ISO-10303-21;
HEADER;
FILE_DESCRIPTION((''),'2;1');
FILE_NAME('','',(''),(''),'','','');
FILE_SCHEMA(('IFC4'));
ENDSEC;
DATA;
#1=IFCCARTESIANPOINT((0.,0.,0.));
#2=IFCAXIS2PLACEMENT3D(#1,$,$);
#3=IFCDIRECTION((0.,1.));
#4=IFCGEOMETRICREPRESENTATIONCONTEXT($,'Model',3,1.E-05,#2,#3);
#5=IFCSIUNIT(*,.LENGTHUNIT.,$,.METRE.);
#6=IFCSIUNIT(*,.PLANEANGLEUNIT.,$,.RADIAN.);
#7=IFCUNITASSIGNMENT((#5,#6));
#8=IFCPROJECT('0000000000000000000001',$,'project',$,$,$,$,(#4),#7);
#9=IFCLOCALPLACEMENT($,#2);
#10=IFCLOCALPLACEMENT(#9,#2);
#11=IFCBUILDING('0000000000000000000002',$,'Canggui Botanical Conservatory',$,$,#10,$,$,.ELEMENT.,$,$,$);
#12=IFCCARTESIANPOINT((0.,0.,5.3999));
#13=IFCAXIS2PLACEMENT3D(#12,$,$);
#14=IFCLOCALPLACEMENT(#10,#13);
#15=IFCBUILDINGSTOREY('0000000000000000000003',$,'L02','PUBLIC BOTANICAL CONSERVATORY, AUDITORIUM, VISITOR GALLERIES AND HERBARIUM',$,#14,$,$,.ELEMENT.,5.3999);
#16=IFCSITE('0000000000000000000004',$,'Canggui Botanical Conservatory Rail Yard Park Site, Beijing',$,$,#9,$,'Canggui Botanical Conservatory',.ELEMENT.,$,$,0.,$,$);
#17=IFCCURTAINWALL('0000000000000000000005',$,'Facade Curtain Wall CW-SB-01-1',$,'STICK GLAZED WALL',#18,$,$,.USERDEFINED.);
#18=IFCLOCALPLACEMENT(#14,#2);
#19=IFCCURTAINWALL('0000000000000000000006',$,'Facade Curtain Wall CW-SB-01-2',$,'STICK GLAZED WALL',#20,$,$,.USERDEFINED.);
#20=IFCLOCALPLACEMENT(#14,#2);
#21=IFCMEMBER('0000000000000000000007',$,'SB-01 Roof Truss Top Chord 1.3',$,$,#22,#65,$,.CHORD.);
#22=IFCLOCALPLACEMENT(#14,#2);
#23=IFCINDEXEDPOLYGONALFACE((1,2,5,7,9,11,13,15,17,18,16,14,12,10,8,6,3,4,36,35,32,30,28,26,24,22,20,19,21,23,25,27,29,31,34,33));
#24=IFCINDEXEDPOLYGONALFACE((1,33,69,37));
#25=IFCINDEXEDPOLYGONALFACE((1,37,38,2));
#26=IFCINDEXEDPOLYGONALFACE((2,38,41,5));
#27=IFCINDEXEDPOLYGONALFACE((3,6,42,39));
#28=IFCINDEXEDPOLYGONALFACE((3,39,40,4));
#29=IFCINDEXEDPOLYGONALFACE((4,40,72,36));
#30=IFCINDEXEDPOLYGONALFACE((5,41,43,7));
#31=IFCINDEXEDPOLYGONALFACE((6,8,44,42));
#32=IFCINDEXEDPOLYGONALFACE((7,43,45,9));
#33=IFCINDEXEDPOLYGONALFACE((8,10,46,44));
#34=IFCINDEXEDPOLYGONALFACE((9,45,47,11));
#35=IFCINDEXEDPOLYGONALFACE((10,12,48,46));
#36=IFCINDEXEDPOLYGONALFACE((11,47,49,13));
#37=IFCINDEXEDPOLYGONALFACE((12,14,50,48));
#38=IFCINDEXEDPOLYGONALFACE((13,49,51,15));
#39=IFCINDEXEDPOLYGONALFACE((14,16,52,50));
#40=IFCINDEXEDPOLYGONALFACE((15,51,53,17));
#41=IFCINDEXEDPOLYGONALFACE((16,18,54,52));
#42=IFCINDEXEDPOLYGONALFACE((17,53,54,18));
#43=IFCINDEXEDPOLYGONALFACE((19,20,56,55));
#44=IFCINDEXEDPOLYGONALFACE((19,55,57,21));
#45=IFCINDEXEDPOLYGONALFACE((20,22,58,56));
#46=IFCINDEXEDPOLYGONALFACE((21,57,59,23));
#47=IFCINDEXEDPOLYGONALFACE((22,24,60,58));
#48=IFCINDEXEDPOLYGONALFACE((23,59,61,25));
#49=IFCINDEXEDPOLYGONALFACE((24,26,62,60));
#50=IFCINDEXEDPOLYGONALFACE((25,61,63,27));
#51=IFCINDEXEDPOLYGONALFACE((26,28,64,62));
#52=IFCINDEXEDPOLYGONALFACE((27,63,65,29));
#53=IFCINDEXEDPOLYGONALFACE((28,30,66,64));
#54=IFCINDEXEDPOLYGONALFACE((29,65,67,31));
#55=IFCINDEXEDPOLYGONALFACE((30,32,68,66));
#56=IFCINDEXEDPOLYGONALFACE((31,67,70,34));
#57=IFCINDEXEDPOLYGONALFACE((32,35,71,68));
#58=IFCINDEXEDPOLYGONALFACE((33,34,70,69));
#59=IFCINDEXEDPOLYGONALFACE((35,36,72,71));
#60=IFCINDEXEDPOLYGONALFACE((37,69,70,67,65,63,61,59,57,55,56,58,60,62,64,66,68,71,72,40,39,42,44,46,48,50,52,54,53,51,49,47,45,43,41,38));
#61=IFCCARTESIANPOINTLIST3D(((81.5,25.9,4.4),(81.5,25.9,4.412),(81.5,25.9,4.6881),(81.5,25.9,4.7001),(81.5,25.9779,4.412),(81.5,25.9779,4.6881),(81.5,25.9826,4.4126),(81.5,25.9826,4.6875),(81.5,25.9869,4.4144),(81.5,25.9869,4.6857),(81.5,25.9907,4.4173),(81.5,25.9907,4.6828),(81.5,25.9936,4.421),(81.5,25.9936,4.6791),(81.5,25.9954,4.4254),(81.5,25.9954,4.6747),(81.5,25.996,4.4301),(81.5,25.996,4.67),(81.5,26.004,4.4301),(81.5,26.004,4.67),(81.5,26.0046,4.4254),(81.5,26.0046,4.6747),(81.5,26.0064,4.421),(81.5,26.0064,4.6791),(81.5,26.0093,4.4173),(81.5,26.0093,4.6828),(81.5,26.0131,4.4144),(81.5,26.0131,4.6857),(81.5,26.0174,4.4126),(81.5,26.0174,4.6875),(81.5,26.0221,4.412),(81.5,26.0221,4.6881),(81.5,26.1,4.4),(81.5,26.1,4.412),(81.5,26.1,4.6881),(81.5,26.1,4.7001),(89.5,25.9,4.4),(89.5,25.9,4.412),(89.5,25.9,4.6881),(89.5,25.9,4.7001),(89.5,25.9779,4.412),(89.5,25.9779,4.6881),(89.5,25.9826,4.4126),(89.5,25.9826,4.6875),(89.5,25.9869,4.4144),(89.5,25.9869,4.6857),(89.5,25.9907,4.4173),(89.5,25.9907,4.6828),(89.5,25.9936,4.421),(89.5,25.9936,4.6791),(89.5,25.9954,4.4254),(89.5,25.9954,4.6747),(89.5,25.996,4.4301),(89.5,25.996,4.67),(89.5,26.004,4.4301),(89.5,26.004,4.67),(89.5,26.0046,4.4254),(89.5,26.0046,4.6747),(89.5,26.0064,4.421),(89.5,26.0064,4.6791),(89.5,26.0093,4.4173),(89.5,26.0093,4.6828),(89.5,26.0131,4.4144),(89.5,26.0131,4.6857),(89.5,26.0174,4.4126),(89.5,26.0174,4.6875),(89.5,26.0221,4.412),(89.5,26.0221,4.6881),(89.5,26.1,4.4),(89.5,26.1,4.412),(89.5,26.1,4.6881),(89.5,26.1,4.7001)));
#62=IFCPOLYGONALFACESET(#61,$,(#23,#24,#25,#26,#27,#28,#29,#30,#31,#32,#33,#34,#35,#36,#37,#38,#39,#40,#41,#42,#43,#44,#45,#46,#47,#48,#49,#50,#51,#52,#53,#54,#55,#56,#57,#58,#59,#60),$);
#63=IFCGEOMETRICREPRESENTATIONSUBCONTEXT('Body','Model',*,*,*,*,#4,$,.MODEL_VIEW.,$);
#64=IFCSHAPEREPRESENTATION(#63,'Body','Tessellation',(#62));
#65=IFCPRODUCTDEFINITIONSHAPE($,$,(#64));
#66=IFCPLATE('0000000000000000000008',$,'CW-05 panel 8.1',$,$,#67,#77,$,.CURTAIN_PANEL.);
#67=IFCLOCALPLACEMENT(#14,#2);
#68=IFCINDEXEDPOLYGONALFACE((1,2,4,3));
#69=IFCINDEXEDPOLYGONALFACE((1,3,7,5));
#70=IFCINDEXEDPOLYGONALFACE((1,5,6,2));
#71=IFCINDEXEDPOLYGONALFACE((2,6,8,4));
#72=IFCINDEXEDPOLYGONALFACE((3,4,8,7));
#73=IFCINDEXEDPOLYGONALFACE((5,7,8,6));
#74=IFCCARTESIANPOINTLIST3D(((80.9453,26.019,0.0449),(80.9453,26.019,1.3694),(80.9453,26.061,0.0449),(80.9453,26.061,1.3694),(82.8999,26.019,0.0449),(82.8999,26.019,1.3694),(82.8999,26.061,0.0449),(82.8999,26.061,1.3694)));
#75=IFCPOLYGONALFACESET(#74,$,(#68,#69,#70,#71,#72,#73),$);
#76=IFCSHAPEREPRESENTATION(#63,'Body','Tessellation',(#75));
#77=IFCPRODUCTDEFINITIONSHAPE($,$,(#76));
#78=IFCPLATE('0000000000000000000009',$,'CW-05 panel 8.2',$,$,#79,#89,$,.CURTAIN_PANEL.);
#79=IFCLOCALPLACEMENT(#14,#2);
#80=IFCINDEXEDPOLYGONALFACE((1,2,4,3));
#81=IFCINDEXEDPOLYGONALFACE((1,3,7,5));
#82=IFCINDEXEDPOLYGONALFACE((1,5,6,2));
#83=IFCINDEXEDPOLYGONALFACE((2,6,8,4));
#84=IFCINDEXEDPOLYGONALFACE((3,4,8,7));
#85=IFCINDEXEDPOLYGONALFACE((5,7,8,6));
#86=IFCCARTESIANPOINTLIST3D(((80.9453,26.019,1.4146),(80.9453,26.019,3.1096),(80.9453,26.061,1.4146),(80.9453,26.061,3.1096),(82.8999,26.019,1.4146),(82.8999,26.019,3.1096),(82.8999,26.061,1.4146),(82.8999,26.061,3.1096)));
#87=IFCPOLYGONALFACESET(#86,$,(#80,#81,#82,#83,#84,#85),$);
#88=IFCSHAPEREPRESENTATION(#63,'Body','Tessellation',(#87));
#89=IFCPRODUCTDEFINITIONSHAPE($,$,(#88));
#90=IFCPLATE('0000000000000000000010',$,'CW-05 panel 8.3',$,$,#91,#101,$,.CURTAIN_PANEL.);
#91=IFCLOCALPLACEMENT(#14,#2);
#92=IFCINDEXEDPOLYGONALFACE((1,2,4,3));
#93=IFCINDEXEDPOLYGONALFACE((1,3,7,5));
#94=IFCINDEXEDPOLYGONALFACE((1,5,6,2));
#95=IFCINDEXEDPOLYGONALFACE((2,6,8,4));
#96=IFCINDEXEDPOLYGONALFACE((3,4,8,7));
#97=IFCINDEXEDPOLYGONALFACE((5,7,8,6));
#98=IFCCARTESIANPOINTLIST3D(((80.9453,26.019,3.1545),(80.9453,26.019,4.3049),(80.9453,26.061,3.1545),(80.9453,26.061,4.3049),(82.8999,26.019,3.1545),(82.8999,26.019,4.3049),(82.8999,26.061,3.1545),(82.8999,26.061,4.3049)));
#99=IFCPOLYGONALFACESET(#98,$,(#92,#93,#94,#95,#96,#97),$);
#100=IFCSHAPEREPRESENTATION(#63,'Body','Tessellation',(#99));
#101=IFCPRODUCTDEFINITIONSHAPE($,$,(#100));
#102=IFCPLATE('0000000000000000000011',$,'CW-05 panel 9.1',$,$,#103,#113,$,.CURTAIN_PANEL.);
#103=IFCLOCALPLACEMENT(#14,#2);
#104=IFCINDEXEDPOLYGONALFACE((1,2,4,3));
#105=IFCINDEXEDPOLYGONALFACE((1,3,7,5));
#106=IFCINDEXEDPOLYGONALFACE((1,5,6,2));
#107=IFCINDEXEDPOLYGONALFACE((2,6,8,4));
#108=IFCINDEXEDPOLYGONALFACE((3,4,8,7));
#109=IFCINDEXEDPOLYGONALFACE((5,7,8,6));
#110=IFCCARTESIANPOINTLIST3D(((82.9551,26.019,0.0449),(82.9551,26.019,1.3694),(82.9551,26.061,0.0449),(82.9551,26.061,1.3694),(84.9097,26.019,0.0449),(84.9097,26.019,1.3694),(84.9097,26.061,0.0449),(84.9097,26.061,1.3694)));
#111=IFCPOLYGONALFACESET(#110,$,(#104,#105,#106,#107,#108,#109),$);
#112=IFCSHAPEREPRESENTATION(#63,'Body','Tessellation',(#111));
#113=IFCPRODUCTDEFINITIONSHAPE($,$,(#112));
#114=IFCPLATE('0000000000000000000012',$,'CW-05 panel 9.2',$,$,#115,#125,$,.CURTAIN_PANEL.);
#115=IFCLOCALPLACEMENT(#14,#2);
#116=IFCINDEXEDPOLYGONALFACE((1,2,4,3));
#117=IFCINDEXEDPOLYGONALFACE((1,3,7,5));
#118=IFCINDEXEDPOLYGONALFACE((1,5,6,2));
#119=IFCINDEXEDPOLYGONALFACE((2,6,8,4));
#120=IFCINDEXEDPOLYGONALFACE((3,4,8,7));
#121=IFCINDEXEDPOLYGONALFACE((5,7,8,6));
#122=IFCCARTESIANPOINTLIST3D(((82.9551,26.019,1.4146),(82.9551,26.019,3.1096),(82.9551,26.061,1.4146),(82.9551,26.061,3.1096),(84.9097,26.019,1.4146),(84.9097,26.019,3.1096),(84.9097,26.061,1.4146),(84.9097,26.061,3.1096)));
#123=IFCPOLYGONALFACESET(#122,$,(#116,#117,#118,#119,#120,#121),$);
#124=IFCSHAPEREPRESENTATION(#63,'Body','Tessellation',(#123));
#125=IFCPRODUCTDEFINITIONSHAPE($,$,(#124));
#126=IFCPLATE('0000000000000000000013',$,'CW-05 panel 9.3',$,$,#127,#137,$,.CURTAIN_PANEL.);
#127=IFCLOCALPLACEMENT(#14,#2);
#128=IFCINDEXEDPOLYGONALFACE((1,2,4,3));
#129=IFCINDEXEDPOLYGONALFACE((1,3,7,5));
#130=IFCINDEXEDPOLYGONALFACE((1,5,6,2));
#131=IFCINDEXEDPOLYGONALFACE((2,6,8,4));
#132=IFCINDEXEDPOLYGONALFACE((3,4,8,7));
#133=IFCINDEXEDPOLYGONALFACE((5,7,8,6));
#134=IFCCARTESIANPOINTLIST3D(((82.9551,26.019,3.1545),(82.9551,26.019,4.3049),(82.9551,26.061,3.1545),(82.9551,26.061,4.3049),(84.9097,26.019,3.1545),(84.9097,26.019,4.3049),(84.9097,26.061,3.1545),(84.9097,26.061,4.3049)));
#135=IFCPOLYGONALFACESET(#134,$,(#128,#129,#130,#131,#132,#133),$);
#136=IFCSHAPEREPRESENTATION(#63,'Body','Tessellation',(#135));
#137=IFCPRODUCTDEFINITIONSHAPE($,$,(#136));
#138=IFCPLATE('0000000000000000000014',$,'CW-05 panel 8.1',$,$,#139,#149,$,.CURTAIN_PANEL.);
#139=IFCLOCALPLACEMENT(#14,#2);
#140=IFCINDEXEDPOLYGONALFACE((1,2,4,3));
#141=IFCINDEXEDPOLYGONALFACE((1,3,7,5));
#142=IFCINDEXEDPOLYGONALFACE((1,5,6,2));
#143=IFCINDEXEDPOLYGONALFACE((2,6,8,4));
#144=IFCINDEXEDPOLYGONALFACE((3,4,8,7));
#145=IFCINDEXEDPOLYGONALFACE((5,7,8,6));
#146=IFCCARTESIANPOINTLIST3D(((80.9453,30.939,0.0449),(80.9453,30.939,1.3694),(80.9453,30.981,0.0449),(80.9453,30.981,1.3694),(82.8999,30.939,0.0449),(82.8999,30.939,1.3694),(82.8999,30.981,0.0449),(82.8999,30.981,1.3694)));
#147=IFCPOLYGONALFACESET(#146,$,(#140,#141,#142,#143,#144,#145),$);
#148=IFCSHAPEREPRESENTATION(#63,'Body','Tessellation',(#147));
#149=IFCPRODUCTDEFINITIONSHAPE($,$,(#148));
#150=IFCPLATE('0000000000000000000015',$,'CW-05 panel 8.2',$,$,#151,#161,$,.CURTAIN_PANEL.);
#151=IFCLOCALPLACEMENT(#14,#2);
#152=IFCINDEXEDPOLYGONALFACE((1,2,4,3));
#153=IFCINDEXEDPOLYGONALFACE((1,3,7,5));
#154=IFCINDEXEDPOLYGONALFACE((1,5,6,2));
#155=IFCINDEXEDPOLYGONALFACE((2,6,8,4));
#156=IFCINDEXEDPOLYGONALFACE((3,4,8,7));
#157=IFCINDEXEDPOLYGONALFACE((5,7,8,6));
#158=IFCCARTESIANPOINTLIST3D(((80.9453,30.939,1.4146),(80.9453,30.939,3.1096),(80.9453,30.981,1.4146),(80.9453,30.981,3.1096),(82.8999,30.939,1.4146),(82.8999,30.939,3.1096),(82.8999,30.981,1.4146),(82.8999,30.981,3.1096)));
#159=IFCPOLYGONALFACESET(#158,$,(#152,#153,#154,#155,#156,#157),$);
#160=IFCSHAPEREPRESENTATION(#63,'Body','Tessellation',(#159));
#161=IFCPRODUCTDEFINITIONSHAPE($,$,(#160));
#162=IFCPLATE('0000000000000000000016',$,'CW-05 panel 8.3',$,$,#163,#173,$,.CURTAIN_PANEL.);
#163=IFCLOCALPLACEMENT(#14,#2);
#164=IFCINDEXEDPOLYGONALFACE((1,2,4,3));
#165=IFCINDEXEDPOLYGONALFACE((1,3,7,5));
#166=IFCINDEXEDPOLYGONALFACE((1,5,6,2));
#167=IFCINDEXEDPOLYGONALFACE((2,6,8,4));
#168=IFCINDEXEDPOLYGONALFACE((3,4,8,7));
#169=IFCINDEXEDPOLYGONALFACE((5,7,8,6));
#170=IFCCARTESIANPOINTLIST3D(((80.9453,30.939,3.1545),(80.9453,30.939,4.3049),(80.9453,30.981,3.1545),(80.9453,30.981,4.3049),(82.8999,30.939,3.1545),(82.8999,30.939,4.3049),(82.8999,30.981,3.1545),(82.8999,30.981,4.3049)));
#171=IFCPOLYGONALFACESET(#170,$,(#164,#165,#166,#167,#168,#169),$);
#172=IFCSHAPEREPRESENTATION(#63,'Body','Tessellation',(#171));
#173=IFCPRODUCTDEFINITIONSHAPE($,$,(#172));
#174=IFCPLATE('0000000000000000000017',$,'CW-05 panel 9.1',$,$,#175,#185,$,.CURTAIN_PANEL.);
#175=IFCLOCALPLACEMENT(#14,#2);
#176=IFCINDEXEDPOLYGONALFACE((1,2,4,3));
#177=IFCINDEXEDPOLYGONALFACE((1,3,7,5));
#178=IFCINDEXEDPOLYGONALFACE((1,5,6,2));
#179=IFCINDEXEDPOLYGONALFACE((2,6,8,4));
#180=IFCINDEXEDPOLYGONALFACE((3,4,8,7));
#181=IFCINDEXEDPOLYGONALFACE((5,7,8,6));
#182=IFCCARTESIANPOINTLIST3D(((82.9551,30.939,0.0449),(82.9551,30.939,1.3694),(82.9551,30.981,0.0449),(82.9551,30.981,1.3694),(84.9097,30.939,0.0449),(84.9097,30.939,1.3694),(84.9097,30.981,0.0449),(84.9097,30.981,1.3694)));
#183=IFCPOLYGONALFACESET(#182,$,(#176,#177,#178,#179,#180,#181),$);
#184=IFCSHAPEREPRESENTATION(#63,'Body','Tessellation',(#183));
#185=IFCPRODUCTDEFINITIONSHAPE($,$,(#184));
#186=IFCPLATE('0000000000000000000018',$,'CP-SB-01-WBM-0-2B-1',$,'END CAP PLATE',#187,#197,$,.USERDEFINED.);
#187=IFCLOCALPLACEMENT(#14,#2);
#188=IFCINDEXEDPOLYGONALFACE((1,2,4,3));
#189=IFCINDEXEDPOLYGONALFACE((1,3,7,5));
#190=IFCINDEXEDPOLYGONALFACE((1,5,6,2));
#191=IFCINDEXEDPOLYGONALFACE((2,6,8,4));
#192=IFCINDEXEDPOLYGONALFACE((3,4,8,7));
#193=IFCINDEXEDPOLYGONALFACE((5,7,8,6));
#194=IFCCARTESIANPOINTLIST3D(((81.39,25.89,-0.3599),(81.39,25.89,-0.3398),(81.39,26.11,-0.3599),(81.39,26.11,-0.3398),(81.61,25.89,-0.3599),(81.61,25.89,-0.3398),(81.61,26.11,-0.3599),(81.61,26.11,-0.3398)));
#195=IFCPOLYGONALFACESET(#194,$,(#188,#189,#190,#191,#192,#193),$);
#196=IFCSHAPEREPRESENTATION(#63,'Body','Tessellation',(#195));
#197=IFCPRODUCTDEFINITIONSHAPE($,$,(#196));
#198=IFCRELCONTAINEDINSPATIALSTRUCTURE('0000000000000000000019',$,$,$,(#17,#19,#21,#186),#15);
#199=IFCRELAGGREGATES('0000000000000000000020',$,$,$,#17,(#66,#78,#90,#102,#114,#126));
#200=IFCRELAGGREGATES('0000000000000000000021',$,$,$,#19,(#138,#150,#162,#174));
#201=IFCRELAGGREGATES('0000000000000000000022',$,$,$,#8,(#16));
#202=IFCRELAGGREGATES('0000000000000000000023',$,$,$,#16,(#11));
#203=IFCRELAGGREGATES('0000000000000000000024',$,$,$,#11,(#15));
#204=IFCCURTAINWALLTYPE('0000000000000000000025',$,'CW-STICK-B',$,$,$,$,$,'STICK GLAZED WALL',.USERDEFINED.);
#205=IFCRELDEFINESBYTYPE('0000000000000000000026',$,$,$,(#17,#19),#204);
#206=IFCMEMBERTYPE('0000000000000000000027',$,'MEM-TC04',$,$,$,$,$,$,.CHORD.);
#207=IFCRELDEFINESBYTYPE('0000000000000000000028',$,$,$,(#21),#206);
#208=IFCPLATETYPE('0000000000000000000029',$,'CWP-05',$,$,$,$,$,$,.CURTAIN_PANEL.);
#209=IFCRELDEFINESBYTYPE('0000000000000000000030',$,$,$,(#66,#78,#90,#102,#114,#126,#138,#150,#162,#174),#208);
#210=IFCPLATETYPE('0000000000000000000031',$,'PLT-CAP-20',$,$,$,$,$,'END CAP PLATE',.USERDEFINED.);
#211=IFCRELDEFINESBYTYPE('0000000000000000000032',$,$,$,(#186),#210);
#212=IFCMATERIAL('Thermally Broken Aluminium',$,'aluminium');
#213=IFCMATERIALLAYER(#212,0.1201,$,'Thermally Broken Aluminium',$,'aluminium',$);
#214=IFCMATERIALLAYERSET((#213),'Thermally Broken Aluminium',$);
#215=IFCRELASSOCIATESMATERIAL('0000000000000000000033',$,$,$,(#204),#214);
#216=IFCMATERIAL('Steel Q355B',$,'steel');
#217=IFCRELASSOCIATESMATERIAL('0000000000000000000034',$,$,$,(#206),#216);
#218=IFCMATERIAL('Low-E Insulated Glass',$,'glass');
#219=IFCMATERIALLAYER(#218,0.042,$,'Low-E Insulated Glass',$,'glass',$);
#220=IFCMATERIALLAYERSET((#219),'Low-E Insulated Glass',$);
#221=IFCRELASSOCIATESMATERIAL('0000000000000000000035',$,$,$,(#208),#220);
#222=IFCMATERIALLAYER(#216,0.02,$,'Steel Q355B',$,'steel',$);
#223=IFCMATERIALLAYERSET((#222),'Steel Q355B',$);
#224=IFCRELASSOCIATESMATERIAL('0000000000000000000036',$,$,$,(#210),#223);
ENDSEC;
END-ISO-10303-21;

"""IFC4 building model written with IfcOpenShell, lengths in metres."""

from ifc_helpers import new_model, si_unit, direction, frame, origin, origin_2d, place, context, subcontext, project, spatial, rectangle, i_section, extrude, material, layer, layer_set, material_profile, profile_set, type_object, element, aggregate, save


model = new_model("IFC4")

# Units and contexts
model_context = context("Model", 3, precision=1e-05, world=origin(), true_north=direction((0.0, 1.0)))
body_context = subcontext(model_context, "Body", "Model", "MODEL_VIEW")
ifc_project = project(units=[si_unit("LENGTHUNIT", "METRE"), si_unit("PLANEANGLEUNIT", "RADIAN")], contexts=[model_context])

# Site, building, storey
site_placement = place(None, origin())
site = spatial("IfcSite", under=ifc_project, at=site_placement, Name="Canggui Botanical Conservatory Rail Yard Park Site, Beijing", LongName="Canggui Botanical Conservatory", CompositionType="ELEMENT", RefElevation=0.0)
building_placement = place(site_placement, origin())
building = spatial("IfcBuilding", under=site, at=building_placement, Name="Canggui Botanical Conservatory", CompositionType="ELEMENT")
storey_placement = place(building_placement, frame((0.0, 0.0, 5.3999)))
storey = spatial("IfcBuildingStorey", under=building, at=storey_placement, Name="L02", Description="PUBLIC BOTANICAL CONSERVATORY, AUDITORIUM, VISITOR GALLERIES AND HERBARIUM", CompositionType="ELEMENT", Elevation=5.3999)

# Shared definitions
ifc_material_1 = material(Name="Steel Q355B", Category="steel")

# Curtain walls
ifc_material_2 = material(Name="Thermally Broken Aluminium", Category="aluminium")
ifc_layer_1 = layer(ifc_material_2, 0.1201, Name="Thermally Broken Aluminium", Category="aluminium")
ifc_layer_set_1 = layer_set([ifc_layer_1], Name="Thermally Broken Aluminium")
curtain_wall_type = type_object("IfcCurtainWallType", Name="CW-STICK-B", ElementType="STICK GLAZED WALL", PredefinedType="USERDEFINED", material=ifc_layer_set_1)
curtain_wall_1_placement = place(storey_placement, origin())
curtain_wall_1 = element("IfcCurtainWall", 1, at=curtain_wall_1_placement, inside=storey, type_object=curtain_wall_type, Name="Facade Curtain Wall CW-SB-01-1", ObjectType="STICK GLAZED WALL", PredefinedType="USERDEFINED")
curtain_wall_2_placement = place(storey_placement, origin())
curtain_wall_2 = element("IfcCurtainWall", 2, at=curtain_wall_2_placement, inside=storey, type_object=curtain_wall_type, Name="Facade Curtain Wall CW-SB-01-2", ObjectType="STICK GLAZED WALL", PredefinedType="USERDEFINED")

# Member
ifc_material_profile_1 = material_profile(ifc_material_1, i_section(OverallWidth=0.2, OverallDepth=0.3, WebThickness=0.0081, FlangeThickness=0.012, FilletRadius=0.0181, at=origin_2d()), Name="HM 300x200x8x12")
ifc_profile_set_1 = profile_set([ifc_material_profile_1], Name="Steel Q355B")
member_type_1 = type_object("IfcMemberType", Name="MEM-TC04", PredefinedType="CHORD", material=ifc_profile_set_1)
member_1_placement = place(storey_placement, frame((81.5, 26.0, 4.55), z_axis=(1.0, 0.0, 0.0), x_axis=(0.0, 1.0, 0.0)))
element("IfcMember", 3, at=member_1_placement, inside=storey, type_object=member_type_1, Name="SB-01 Roof Truss Top Chord 1.3", PredefinedType="CHORD", context=body_context, shape_type="SweptSolid", body=[
    extrude(i_section(OverallWidth=0.2, OverallDepth=0.3, WebThickness=0.0081, FlangeThickness=0.012, FilletRadius=0.0181, at=origin_2d()), origin(), (0.0, 0.0, 1.0), 8.0),
])

# Plates
ifc_material_3 = material(Name="Low-E Insulated Glass", Category="glass")
ifc_layer_2 = layer(ifc_material_3, 0.042, Name="Low-E Insulated Glass", Category="glass")
ifc_layer_set_2 = layer_set([ifc_layer_2], Name="Low-E Insulated Glass")
plate_type_1 = type_object("IfcPlateType", Name="CWP-05", PredefinedType="CURTAIN_PANEL", material=ifc_layer_set_2)
plate_1_placement = place(storey_placement, frame((81.9226, 26.04, 0.0449), z_axis=(0.0, 0.0, 1.0), x_axis=(1.0, 0.0, 0.0)))
plate_1 = element("IfcPlate", 4, at=plate_1_placement, type_object=plate_type_1, Name="CW-05 panel 8.1", PredefinedType="CURTAIN_PANEL", context=body_context, shape_type="SweptSolid", body=[
    extrude(rectangle(XDim=1.9546, YDim=0.042, at=origin_2d()), origin(), (0.0, 0.0, 1.0), 1.3245),
])
plate_2_placement = place(storey_placement, frame((81.9226, 26.04, 1.4146), z_axis=(0.0, 0.0, 1.0), x_axis=(1.0, 0.0, 0.0)))
plate_2 = element("IfcPlate", 5, at=plate_2_placement, type_object=plate_type_1, Name="CW-05 panel 8.2", PredefinedType="CURTAIN_PANEL", context=body_context, shape_type="SweptSolid", body=[
    extrude(rectangle(XDim=1.9546, YDim=0.042, at=origin_2d()), origin(), (0.0, 0.0, 1.0), 1.6951),
])
plate_3_placement = place(storey_placement, frame((81.9226, 26.04, 3.1545), z_axis=(0.0, 0.0, 1.0), x_axis=(1.0, 0.0, 0.0)))
plate_3 = element("IfcPlate", 6, at=plate_3_placement, type_object=plate_type_1, Name="CW-05 panel 8.3", PredefinedType="CURTAIN_PANEL", context=body_context, shape_type="SweptSolid", body=[
    extrude(rectangle(XDim=1.9546, YDim=0.042, at=origin_2d()), origin(), (0.0, 0.0, 1.0), 1.1504),
])
plate_4_placement = place(storey_placement, frame((83.9324, 26.04, 0.0449), z_axis=(0.0, 0.0, 1.0), x_axis=(1.0, 0.0, 0.0)))
plate_4 = element("IfcPlate", 7, at=plate_4_placement, type_object=plate_type_1, Name="CW-05 panel 9.1", PredefinedType="CURTAIN_PANEL", context=body_context, shape_type="SweptSolid", body=[
    extrude(rectangle(XDim=1.9546, YDim=0.042, at=origin_2d()), origin(), (0.0, 0.0, 1.0), 1.3245),
])
plate_5_placement = place(storey_placement, frame((83.9324, 26.04, 1.4146), z_axis=(0.0, 0.0, 1.0), x_axis=(1.0, 0.0, 0.0)))
plate_5 = element("IfcPlate", 8, at=plate_5_placement, type_object=plate_type_1, Name="CW-05 panel 9.2", PredefinedType="CURTAIN_PANEL", context=body_context, shape_type="SweptSolid", body=[
    extrude(rectangle(XDim=1.9546, YDim=0.042, at=origin_2d()), origin(), (0.0, 0.0, 1.0), 1.6951),
])
plate_6_placement = place(storey_placement, frame((83.9324, 26.04, 3.1545), z_axis=(0.0, 0.0, 1.0), x_axis=(1.0, 0.0, 0.0)))
plate_6 = element("IfcPlate", 9, at=plate_6_placement, type_object=plate_type_1, Name="CW-05 panel 9.3", PredefinedType="CURTAIN_PANEL", context=body_context, shape_type="SweptSolid", body=[
    extrude(rectangle(XDim=1.9546, YDim=0.042, at=origin_2d()), origin(), (0.0, 0.0, 1.0), 1.1504),
])
aggregate(curtain_wall_1, [plate_1, plate_2, plate_3, plate_4, plate_5, plate_6])
plate_7_placement = place(storey_placement, frame((81.9226, 30.96, 0.0449), z_axis=(0.0, 0.0, 1.0), x_axis=(1.0, 0.0, 0.0)))
plate_7 = element("IfcPlate", 10, at=plate_7_placement, type_object=plate_type_1, Name="CW-05 panel 8.1", PredefinedType="CURTAIN_PANEL", context=body_context, shape_type="SweptSolid", body=[
    extrude(rectangle(XDim=1.9546, YDim=0.042, at=origin_2d()), origin(), (0.0, 0.0, 1.0), 1.3245),
])
plate_8_placement = place(storey_placement, frame((81.9226, 30.96, 1.4146), z_axis=(0.0, 0.0, 1.0), x_axis=(1.0, 0.0, 0.0)))
plate_8 = element("IfcPlate", 11, at=plate_8_placement, type_object=plate_type_1, Name="CW-05 panel 8.2", PredefinedType="CURTAIN_PANEL", context=body_context, shape_type="SweptSolid", body=[
    extrude(rectangle(XDim=1.9546, YDim=0.042, at=origin_2d()), origin(), (0.0, 0.0, 1.0), 1.6951),
])
plate_9_placement = place(storey_placement, frame((81.9226, 30.96, 3.1545), z_axis=(0.0, 0.0, 1.0), x_axis=(1.0, 0.0, 0.0)))
plate_9 = element("IfcPlate", 12, at=plate_9_placement, type_object=plate_type_1, Name="CW-05 panel 8.3", PredefinedType="CURTAIN_PANEL", context=body_context, shape_type="SweptSolid", body=[
    extrude(rectangle(XDim=1.9546, YDim=0.042, at=origin_2d()), origin(), (0.0, 0.0, 1.0), 1.1504),
])
plate_10_placement = place(storey_placement, frame((83.9324, 30.96, 0.0449), z_axis=(0.0, 0.0, 1.0), x_axis=(1.0, 0.0, 0.0)))
plate_10 = element("IfcPlate", 13, at=plate_10_placement, type_object=plate_type_1, Name="CW-05 panel 9.1", PredefinedType="CURTAIN_PANEL", context=body_context, shape_type="SweptSolid", body=[
    extrude(rectangle(XDim=1.9546, YDim=0.042, at=origin_2d()), origin(), (0.0, 0.0, 1.0), 1.3245),
])
aggregate(curtain_wall_2, [plate_7, plate_8, plate_9, plate_10])
ifc_layer_3 = layer(ifc_material_1, 0.02, Name="Steel Q355B", Category="steel")
ifc_layer_set_3 = layer_set([ifc_layer_3], Name="Steel Q355B")
plate_type_2 = type_object("IfcPlateType", Name="PLT-CAP-20", ElementType="END CAP PLATE", PredefinedType="USERDEFINED", material=ifc_layer_set_3)
plate_11_placement = place(storey_placement, frame((81.5, 26.0, -0.3599), z_axis=(0.0, 0.0, 1.0), x_axis=(1.0, 0.0, 0.0)))
element("IfcPlate", 14, at=plate_11_placement, inside=storey, type_object=plate_type_2, Name="CP-SB-01-WBM-0-2B-1", ObjectType="END CAP PLATE", PredefinedType="USERDEFINED", context=body_context, shape_type="SweptSolid", body=[
    extrude(rectangle(XDim=0.22, YDim=0.22, at=origin_2d()), origin(), (0.0, 0.0, 1.0), 0.02),
])

save(model, "model.ifc")
